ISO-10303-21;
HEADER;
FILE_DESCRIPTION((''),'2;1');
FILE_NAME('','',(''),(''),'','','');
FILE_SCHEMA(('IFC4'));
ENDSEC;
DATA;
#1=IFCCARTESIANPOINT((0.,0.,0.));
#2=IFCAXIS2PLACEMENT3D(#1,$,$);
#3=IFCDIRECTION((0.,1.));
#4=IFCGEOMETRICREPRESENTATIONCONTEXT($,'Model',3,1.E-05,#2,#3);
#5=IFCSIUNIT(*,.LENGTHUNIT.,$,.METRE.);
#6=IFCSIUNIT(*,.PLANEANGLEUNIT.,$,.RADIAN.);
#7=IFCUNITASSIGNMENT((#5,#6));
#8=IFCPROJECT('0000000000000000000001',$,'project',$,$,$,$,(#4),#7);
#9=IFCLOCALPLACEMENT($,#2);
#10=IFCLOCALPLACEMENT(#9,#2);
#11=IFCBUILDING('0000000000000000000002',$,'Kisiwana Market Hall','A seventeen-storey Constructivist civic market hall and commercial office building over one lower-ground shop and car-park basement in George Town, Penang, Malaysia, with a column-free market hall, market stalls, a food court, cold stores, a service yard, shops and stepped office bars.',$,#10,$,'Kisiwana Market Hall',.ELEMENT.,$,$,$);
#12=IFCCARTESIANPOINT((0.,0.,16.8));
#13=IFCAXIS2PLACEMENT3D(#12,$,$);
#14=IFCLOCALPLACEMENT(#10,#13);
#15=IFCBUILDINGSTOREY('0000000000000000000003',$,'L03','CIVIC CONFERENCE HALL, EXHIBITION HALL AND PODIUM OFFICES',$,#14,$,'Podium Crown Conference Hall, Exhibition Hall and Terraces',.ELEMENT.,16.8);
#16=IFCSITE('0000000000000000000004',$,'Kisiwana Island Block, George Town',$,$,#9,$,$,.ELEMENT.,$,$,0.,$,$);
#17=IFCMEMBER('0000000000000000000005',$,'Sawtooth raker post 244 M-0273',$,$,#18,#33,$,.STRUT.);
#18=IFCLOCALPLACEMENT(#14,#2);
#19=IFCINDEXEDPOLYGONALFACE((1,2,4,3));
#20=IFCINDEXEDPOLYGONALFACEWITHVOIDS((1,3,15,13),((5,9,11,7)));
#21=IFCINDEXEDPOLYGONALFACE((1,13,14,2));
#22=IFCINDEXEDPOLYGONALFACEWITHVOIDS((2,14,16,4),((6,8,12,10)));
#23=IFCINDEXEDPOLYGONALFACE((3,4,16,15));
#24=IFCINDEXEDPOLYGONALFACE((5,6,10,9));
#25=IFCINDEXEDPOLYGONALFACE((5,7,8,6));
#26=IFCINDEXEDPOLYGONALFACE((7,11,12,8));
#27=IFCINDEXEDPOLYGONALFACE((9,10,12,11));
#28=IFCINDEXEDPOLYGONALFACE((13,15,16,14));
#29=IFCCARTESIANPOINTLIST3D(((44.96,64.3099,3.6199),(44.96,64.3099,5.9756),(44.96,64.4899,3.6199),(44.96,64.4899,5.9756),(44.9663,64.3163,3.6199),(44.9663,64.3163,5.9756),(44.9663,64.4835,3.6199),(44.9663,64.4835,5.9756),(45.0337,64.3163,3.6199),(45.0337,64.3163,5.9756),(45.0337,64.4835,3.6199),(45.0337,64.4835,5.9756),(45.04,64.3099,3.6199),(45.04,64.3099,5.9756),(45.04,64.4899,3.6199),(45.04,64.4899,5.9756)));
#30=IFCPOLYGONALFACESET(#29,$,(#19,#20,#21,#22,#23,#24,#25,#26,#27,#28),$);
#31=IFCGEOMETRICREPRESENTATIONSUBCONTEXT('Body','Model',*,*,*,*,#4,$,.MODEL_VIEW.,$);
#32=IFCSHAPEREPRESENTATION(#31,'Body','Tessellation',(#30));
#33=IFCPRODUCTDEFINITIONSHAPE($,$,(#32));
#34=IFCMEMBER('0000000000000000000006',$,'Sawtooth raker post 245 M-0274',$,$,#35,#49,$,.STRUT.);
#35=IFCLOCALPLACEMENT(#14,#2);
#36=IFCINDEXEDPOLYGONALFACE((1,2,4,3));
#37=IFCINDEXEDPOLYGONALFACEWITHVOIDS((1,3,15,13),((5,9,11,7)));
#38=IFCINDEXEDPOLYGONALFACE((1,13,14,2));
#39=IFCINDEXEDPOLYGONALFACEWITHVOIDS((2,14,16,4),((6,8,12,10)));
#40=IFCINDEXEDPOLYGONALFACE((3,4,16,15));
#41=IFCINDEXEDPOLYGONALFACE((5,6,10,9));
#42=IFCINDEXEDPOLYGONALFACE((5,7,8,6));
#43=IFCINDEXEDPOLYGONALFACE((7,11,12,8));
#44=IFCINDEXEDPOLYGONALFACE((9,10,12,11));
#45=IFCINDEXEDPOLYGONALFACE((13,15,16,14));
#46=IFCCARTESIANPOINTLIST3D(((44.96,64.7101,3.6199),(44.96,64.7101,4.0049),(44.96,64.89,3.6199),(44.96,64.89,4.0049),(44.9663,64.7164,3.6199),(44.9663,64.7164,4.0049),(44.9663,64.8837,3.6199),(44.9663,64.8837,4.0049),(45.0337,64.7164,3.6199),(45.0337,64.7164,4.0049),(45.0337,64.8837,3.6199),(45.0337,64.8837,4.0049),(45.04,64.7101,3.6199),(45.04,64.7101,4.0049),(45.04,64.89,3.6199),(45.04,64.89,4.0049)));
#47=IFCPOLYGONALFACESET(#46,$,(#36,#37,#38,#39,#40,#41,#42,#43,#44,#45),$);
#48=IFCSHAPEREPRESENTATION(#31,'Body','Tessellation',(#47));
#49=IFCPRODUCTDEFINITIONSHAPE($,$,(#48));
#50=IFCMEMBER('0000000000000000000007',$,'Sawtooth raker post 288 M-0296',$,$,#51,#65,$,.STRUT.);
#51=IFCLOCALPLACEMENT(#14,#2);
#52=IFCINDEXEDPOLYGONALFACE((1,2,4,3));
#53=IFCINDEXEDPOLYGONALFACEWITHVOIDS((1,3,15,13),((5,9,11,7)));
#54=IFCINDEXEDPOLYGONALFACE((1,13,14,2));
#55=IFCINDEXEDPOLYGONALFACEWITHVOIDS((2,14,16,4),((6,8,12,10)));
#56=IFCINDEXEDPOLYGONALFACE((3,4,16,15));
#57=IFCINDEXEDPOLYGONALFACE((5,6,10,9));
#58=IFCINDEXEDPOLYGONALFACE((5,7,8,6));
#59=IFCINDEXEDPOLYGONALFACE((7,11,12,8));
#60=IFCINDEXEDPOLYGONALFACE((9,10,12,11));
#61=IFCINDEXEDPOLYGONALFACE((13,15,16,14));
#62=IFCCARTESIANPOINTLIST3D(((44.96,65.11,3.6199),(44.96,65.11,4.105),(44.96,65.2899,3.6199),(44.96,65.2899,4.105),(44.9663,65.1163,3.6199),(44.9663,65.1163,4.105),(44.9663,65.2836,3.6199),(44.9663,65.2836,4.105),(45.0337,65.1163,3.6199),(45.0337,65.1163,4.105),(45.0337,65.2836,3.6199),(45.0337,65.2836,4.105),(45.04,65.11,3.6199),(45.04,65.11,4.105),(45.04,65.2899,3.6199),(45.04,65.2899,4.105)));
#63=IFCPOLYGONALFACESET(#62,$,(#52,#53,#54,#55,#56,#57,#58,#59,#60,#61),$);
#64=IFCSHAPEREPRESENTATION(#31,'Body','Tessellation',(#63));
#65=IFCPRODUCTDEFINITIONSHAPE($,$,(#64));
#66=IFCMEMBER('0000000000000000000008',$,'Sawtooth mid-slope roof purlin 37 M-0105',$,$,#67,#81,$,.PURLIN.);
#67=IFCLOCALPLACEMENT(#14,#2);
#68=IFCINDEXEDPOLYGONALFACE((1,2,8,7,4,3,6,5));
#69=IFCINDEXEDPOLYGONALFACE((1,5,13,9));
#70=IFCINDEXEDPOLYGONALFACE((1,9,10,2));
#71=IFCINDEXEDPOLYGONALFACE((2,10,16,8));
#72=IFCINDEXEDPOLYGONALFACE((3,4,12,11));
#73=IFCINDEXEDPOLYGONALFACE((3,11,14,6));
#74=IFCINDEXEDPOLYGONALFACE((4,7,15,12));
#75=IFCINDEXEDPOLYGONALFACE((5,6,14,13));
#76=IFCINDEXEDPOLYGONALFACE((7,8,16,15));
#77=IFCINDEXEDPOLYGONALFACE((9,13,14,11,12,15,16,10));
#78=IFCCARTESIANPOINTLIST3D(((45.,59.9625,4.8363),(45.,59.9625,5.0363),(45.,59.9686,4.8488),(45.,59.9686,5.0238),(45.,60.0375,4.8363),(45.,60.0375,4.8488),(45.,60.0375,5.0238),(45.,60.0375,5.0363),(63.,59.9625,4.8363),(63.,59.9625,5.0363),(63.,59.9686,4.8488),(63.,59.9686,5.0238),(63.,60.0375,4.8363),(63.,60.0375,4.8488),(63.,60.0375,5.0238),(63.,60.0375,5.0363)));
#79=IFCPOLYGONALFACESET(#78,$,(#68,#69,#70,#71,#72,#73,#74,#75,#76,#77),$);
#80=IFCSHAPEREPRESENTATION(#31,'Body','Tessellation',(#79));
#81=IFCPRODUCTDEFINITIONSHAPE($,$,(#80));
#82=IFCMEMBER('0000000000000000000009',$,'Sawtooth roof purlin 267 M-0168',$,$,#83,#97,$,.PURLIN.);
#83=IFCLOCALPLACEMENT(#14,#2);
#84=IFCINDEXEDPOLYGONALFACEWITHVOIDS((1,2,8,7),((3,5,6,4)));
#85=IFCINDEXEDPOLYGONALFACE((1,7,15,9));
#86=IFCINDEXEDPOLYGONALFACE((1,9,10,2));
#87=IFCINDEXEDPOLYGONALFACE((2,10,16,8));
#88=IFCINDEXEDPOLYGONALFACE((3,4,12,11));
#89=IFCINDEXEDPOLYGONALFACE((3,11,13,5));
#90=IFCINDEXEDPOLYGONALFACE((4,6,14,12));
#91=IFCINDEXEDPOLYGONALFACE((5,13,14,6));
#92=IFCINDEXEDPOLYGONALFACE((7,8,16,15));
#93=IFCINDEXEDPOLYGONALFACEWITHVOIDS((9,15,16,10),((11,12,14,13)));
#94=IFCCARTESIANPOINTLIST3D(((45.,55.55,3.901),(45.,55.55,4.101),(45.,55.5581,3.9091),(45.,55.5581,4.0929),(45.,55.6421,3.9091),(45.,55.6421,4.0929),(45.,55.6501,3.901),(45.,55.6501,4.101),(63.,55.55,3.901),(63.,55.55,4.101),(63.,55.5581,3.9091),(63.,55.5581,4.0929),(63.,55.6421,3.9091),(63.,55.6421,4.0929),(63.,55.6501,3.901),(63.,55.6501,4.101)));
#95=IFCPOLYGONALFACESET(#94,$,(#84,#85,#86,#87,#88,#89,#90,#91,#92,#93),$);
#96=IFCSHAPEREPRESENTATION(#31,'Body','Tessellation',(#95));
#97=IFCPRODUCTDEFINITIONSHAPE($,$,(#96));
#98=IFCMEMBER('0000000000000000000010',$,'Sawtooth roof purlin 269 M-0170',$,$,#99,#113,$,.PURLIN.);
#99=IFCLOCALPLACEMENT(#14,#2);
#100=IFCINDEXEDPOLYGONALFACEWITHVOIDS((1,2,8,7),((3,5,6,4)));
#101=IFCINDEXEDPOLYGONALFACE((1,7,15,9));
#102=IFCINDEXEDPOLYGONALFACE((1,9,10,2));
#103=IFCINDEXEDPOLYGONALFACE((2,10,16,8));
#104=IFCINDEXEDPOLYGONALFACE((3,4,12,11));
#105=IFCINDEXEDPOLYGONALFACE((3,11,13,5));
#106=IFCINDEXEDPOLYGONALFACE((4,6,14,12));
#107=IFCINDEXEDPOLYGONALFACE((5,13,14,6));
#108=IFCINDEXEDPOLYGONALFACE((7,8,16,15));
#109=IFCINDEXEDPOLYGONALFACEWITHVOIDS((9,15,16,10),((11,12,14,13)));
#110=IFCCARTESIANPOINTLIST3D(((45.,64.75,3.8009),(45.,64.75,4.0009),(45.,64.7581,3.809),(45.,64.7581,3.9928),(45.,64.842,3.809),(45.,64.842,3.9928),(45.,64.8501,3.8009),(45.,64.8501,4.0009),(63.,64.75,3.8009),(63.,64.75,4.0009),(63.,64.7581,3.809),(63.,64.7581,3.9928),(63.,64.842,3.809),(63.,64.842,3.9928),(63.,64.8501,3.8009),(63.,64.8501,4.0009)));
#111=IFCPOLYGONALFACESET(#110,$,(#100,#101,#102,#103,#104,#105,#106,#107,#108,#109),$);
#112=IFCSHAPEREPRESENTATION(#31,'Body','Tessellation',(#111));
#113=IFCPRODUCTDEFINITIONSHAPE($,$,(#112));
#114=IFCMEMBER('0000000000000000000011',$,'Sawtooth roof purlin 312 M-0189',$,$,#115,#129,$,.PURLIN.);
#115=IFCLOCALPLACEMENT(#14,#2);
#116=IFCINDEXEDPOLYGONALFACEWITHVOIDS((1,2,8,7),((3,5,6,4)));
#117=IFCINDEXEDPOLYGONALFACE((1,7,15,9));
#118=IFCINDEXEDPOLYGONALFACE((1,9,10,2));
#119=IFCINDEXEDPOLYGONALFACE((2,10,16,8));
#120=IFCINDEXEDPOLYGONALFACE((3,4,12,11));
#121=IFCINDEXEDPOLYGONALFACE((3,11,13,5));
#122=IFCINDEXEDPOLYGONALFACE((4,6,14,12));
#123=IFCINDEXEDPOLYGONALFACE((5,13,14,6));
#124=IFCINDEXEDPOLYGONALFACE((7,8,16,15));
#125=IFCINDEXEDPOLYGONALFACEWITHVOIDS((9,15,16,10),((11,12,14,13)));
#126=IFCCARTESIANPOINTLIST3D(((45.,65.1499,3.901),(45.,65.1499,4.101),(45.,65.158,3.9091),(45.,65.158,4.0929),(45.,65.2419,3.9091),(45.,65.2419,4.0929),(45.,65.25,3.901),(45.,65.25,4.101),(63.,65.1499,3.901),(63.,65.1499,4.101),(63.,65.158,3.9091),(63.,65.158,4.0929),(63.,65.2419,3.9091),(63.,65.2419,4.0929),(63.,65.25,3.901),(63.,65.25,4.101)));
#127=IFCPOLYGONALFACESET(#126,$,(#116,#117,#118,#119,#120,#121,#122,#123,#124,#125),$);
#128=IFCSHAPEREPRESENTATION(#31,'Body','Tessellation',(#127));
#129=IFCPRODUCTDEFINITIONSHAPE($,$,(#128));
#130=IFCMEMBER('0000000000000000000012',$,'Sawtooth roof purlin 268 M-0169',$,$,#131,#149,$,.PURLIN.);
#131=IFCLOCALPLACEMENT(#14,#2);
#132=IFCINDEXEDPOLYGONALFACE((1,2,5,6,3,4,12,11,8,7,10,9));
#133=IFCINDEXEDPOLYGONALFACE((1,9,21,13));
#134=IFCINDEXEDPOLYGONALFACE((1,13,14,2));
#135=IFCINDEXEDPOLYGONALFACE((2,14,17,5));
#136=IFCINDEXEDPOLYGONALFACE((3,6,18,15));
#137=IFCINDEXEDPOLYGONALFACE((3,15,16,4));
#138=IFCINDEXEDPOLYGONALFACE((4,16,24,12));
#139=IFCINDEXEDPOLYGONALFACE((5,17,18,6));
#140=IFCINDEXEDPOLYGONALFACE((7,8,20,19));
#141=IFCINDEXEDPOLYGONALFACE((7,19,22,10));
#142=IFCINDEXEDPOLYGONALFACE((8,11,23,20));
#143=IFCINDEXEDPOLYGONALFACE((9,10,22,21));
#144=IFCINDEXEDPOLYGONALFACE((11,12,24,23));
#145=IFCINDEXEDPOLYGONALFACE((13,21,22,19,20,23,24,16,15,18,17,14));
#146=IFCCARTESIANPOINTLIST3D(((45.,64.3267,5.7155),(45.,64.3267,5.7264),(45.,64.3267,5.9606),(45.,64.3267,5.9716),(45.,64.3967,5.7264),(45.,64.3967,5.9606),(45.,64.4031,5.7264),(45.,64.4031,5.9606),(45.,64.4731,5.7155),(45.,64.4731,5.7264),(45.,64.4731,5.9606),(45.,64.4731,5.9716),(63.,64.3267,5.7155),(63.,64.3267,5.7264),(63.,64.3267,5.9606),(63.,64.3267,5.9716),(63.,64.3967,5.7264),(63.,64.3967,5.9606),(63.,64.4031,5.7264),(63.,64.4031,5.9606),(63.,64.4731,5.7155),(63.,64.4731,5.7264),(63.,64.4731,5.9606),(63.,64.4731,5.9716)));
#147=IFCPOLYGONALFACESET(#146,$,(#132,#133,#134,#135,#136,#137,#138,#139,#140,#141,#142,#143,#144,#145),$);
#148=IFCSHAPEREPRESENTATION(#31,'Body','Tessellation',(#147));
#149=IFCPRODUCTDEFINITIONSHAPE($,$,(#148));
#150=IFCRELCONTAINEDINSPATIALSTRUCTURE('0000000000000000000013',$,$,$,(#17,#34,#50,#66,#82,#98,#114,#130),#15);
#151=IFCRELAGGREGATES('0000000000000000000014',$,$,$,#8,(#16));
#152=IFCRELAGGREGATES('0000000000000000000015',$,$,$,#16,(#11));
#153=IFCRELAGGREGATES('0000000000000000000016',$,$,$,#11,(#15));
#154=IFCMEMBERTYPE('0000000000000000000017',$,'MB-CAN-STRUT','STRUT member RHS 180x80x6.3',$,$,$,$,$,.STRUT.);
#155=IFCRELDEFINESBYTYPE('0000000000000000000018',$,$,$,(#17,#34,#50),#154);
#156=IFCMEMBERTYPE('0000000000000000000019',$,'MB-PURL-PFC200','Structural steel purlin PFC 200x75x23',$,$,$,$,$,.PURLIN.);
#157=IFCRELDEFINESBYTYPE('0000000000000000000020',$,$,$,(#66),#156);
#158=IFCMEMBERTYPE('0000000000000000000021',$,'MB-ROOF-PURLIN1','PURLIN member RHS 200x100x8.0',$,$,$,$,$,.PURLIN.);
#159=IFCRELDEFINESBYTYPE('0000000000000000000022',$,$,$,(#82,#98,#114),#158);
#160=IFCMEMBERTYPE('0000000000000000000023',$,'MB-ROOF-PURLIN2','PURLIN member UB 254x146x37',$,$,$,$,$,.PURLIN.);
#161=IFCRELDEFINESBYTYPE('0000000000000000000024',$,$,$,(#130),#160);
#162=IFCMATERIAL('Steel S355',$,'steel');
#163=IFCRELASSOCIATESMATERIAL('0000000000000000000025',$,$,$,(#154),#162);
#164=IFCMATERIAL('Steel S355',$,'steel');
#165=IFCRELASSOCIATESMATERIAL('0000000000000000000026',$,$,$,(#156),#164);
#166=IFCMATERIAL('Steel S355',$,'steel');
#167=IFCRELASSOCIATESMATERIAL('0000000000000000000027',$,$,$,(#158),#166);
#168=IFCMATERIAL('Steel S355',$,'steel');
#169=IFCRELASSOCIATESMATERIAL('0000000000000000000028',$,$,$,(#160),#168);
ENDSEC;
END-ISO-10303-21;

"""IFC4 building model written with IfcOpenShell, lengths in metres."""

from ifc_helpers import new_model, si_unit, direction, frame, origin, origin_2d, place, context, subcontext, project, spatial, hollow_rectangle, i_section, u_section, extrude, material, material_profile, profile_set, type_object, element, save


model = new_model("IFC4")

# Units and contexts
model_context = context("Model", 3, precision=1e-05, world=origin(), true_north=direction((0.0, 1.0)))
body_context = subcontext(model_context, "Body", "Model", "MODEL_VIEW")
ifc_project = project(units=[si_unit("LENGTHUNIT", "METRE"), si_unit("PLANEANGLEUNIT", "RADIAN")], contexts=[model_context])

# Site, building, storey
site_placement = place(None, origin())
site = spatial("IfcSite", under=ifc_project, at=site_placement, Name="Kisiwana Island Block, George Town", CompositionType="ELEMENT", RefElevation=0.0)
building_placement = place(site_placement, origin())
building = spatial("IfcBuilding", under=site, at=building_placement, Name="Kisiwana Market Hall", Description="A seventeen-storey Constructivist civic market hall and commercial office building over one lower-ground shop and car-park basement in George Town, Penang, Malaysia, with a column-free market hall, market stalls, a food court, cold stores, a service yard, shops and stepped office bars.", LongName="Kisiwana Market Hall", CompositionType="ELEMENT")
storey_placement = place(building_placement, frame((0.0, 0.0, 16.8)))
storey = spatial("IfcBuildingStorey", under=building, at=storey_placement, Name="L03", Description="CIVIC CONFERENCE HALL, EXHIBITION HALL AND PODIUM OFFICES", LongName="Podium Crown Conference Hall, Exhibition Hall and Terraces", CompositionType="ELEMENT", Elevation=16.8)

# Members
ifc_material_1 = material(Name="Steel S355", Category="steel")
ifc_material_profile_1 = material_profile(ifc_material_1, hollow_rectangle(XDim=0.0801, YDim=0.1799, WallThickness=0.0063, at=origin_2d()), Name="RHS 180x80x6.3")
ifc_profile_set_1 = profile_set([ifc_material_profile_1], Name="Steel S355")
member_type_1 = type_object("IfcMemberType", Name="MB-CAN-STRUT", Description="STRUT member RHS 180x80x6.3", PredefinedType="STRUT", material=ifc_profile_set_1)
member_1_placement = place(storey_placement, frame((45.0, 64.3999, 3.6199), z_axis=(0.0, 0.0, 1.0), x_axis=(1.0, 0.0, 0.0)))
element("IfcMember", 1, at=member_1_placement, inside=storey, type_object=member_type_1, Name="Sawtooth raker post 244 M-0273", PredefinedType="STRUT", context=body_context, shape_type="SweptSolid", body=[
    extrude(hollow_rectangle(XDim=0.0801, YDim=0.1799, WallThickness=0.0063, at=origin_2d()), origin(), (0.0, 0.0, 1.0), 2.3557),
])
member_2_placement = place(storey_placement, frame((45.0, 64.8, 3.6199), z_axis=(0.0, 0.0, 1.0), x_axis=(1.0, 0.0, 0.0)))
element("IfcMember", 2, at=member_2_placement, inside=storey, type_object=member_type_1, Name="Sawtooth raker post 245 M-0274", PredefinedType="STRUT", context=body_context, shape_type="SweptSolid", body=[
    extrude(hollow_rectangle(XDim=0.0801, YDim=0.1799, WallThickness=0.0063, at=origin_2d()), origin(), (0.0, 0.0, 1.0), 0.385),
])
member_3_placement = place(storey_placement, frame((45.0, 65.2, 3.6199), z_axis=(0.0, 0.0, 1.0), x_axis=(1.0, 0.0, 0.0)))
element("IfcMember", 3, at=member_3_placement, inside=storey, type_object=member_type_1, Name="Sawtooth raker post 288 M-0296", PredefinedType="STRUT", context=body_context, shape_type="SweptSolid", body=[
    extrude(hollow_rectangle(XDim=0.0801, YDim=0.1799, WallThickness=0.0063, at=origin_2d()), origin(), (0.0, 0.0, 1.0), 0.4851),
])
ifc_material_2 = material(Name="Steel S355", Category="steel")
ifc_material_profile_2 = material_profile(ifc_material_2, u_section(Depth=0.2, FlangeWidth=0.075, WebThickness=0.0061, FlangeThickness=0.0125, at=origin_2d()), Name="PFC 200x75x23")
ifc_profile_set_2 = profile_set([ifc_material_profile_2], Name="Steel S355")
member_type_2 = type_object("IfcMemberType", Name="MB-PURL-PFC200", Description="Structural steel purlin PFC 200x75x23", PredefinedType="PURLIN", material=ifc_profile_set_2)
member_4_placement = place(storey_placement, frame((45.0, 60.0, 4.9363), z_axis=(1.0, 0.0, 0.0), x_axis=(0.0, 1.0, 0.0)))
element("IfcMember", 4, at=member_4_placement, inside=storey, type_object=member_type_2, Name="Sawtooth mid-slope roof purlin 37 M-0105", PredefinedType="PURLIN", context=body_context, shape_type="SweptSolid", body=[
    extrude(u_section(Depth=0.2, FlangeWidth=0.075, WebThickness=0.0061, FlangeThickness=0.0125, at=origin_2d()), origin(), (0.0, 0.0, 1.0), 18.0),
])
ifc_material_3 = material(Name="Steel S355", Category="steel")
ifc_material_profile_3 = material_profile(ifc_material_3, hollow_rectangle(XDim=0.1001, YDim=0.2, WallThickness=0.0081, at=origin_2d()), Name="RHS 200x100x8.0")
ifc_profile_set_3 = profile_set([ifc_material_profile_3], Name="Steel S355")
member_type_3 = type_object("IfcMemberType", Name="MB-ROOF-PURLIN1", Description="PURLIN member RHS 200x100x8.0", PredefinedType="PURLIN", material=ifc_profile_set_3)
for number, where, z_axis, x_axis, name in (
    (5, (45.0, 55.6001, 4.001), (1.0, 0.0, 0.0), (0.0, 1.0, 0.0), "Sawtooth roof purlin 267 M-0168"),
    (6, (45.0, 64.8, 3.9009), (1.0, 0.0, 0.0), (0.0, 1.0, 0.0), "Sawtooth roof purlin 269 M-0170"),
    (7, (45.0, 65.2, 4.001), (1.0, 0.0, 0.0), (0.0, 1.0, 0.0), "Sawtooth roof purlin 312 M-0189"),
):
    element("IfcMember", number, at=place(storey_placement, frame(where, z_axis=z_axis, x_axis=x_axis)), inside=storey, type_object=member_type_3, Name=name, PredefinedType="PURLIN", context=body_context, shape_type="SweptSolid", body=[
        extrude(hollow_rectangle(XDim=0.1001, YDim=0.2, WallThickness=0.0081, at=origin_2d()), origin(), (0.0, 0.0, 1.0), 18.0),
    ])
ifc_material_4 = material(Name="Steel S355", Category="steel")
ifc_material_profile_4 = material_profile(ifc_material_4, i_section(OverallWidth=0.1465, OverallDepth=0.2561, WebThickness=0.0063, FlangeThickness=0.011, at=origin_2d()), Name="UB 254x146x37")
ifc_profile_set_4 = profile_set([ifc_material_profile_4], Name="Steel S355")
member_type_4 = type_object("IfcMemberType", Name="MB-ROOF-PURLIN2", Description="PURLIN member UB 254x146x37", PredefinedType="PURLIN", material=ifc_profile_set_4)
member_5_placement = place(storey_placement, frame((45.0, 64.3999, 5.8435), z_axis=(1.0, 0.0, 0.0), x_axis=(0.0, 1.0, 0.0)))
element("IfcMember", 8, at=member_5_placement, inside=storey, type_object=member_type_4, Name="Sawtooth roof purlin 268 M-0169", PredefinedType="PURLIN", context=body_context, shape_type="SweptSolid", body=[
    extrude(i_section(OverallWidth=0.1465, OverallDepth=0.2561, WebThickness=0.0063, FlangeThickness=0.011, at=origin_2d()), origin(), (0.0, 0.0, 1.0), 18.0),
])

save(model, "model.ifc")
